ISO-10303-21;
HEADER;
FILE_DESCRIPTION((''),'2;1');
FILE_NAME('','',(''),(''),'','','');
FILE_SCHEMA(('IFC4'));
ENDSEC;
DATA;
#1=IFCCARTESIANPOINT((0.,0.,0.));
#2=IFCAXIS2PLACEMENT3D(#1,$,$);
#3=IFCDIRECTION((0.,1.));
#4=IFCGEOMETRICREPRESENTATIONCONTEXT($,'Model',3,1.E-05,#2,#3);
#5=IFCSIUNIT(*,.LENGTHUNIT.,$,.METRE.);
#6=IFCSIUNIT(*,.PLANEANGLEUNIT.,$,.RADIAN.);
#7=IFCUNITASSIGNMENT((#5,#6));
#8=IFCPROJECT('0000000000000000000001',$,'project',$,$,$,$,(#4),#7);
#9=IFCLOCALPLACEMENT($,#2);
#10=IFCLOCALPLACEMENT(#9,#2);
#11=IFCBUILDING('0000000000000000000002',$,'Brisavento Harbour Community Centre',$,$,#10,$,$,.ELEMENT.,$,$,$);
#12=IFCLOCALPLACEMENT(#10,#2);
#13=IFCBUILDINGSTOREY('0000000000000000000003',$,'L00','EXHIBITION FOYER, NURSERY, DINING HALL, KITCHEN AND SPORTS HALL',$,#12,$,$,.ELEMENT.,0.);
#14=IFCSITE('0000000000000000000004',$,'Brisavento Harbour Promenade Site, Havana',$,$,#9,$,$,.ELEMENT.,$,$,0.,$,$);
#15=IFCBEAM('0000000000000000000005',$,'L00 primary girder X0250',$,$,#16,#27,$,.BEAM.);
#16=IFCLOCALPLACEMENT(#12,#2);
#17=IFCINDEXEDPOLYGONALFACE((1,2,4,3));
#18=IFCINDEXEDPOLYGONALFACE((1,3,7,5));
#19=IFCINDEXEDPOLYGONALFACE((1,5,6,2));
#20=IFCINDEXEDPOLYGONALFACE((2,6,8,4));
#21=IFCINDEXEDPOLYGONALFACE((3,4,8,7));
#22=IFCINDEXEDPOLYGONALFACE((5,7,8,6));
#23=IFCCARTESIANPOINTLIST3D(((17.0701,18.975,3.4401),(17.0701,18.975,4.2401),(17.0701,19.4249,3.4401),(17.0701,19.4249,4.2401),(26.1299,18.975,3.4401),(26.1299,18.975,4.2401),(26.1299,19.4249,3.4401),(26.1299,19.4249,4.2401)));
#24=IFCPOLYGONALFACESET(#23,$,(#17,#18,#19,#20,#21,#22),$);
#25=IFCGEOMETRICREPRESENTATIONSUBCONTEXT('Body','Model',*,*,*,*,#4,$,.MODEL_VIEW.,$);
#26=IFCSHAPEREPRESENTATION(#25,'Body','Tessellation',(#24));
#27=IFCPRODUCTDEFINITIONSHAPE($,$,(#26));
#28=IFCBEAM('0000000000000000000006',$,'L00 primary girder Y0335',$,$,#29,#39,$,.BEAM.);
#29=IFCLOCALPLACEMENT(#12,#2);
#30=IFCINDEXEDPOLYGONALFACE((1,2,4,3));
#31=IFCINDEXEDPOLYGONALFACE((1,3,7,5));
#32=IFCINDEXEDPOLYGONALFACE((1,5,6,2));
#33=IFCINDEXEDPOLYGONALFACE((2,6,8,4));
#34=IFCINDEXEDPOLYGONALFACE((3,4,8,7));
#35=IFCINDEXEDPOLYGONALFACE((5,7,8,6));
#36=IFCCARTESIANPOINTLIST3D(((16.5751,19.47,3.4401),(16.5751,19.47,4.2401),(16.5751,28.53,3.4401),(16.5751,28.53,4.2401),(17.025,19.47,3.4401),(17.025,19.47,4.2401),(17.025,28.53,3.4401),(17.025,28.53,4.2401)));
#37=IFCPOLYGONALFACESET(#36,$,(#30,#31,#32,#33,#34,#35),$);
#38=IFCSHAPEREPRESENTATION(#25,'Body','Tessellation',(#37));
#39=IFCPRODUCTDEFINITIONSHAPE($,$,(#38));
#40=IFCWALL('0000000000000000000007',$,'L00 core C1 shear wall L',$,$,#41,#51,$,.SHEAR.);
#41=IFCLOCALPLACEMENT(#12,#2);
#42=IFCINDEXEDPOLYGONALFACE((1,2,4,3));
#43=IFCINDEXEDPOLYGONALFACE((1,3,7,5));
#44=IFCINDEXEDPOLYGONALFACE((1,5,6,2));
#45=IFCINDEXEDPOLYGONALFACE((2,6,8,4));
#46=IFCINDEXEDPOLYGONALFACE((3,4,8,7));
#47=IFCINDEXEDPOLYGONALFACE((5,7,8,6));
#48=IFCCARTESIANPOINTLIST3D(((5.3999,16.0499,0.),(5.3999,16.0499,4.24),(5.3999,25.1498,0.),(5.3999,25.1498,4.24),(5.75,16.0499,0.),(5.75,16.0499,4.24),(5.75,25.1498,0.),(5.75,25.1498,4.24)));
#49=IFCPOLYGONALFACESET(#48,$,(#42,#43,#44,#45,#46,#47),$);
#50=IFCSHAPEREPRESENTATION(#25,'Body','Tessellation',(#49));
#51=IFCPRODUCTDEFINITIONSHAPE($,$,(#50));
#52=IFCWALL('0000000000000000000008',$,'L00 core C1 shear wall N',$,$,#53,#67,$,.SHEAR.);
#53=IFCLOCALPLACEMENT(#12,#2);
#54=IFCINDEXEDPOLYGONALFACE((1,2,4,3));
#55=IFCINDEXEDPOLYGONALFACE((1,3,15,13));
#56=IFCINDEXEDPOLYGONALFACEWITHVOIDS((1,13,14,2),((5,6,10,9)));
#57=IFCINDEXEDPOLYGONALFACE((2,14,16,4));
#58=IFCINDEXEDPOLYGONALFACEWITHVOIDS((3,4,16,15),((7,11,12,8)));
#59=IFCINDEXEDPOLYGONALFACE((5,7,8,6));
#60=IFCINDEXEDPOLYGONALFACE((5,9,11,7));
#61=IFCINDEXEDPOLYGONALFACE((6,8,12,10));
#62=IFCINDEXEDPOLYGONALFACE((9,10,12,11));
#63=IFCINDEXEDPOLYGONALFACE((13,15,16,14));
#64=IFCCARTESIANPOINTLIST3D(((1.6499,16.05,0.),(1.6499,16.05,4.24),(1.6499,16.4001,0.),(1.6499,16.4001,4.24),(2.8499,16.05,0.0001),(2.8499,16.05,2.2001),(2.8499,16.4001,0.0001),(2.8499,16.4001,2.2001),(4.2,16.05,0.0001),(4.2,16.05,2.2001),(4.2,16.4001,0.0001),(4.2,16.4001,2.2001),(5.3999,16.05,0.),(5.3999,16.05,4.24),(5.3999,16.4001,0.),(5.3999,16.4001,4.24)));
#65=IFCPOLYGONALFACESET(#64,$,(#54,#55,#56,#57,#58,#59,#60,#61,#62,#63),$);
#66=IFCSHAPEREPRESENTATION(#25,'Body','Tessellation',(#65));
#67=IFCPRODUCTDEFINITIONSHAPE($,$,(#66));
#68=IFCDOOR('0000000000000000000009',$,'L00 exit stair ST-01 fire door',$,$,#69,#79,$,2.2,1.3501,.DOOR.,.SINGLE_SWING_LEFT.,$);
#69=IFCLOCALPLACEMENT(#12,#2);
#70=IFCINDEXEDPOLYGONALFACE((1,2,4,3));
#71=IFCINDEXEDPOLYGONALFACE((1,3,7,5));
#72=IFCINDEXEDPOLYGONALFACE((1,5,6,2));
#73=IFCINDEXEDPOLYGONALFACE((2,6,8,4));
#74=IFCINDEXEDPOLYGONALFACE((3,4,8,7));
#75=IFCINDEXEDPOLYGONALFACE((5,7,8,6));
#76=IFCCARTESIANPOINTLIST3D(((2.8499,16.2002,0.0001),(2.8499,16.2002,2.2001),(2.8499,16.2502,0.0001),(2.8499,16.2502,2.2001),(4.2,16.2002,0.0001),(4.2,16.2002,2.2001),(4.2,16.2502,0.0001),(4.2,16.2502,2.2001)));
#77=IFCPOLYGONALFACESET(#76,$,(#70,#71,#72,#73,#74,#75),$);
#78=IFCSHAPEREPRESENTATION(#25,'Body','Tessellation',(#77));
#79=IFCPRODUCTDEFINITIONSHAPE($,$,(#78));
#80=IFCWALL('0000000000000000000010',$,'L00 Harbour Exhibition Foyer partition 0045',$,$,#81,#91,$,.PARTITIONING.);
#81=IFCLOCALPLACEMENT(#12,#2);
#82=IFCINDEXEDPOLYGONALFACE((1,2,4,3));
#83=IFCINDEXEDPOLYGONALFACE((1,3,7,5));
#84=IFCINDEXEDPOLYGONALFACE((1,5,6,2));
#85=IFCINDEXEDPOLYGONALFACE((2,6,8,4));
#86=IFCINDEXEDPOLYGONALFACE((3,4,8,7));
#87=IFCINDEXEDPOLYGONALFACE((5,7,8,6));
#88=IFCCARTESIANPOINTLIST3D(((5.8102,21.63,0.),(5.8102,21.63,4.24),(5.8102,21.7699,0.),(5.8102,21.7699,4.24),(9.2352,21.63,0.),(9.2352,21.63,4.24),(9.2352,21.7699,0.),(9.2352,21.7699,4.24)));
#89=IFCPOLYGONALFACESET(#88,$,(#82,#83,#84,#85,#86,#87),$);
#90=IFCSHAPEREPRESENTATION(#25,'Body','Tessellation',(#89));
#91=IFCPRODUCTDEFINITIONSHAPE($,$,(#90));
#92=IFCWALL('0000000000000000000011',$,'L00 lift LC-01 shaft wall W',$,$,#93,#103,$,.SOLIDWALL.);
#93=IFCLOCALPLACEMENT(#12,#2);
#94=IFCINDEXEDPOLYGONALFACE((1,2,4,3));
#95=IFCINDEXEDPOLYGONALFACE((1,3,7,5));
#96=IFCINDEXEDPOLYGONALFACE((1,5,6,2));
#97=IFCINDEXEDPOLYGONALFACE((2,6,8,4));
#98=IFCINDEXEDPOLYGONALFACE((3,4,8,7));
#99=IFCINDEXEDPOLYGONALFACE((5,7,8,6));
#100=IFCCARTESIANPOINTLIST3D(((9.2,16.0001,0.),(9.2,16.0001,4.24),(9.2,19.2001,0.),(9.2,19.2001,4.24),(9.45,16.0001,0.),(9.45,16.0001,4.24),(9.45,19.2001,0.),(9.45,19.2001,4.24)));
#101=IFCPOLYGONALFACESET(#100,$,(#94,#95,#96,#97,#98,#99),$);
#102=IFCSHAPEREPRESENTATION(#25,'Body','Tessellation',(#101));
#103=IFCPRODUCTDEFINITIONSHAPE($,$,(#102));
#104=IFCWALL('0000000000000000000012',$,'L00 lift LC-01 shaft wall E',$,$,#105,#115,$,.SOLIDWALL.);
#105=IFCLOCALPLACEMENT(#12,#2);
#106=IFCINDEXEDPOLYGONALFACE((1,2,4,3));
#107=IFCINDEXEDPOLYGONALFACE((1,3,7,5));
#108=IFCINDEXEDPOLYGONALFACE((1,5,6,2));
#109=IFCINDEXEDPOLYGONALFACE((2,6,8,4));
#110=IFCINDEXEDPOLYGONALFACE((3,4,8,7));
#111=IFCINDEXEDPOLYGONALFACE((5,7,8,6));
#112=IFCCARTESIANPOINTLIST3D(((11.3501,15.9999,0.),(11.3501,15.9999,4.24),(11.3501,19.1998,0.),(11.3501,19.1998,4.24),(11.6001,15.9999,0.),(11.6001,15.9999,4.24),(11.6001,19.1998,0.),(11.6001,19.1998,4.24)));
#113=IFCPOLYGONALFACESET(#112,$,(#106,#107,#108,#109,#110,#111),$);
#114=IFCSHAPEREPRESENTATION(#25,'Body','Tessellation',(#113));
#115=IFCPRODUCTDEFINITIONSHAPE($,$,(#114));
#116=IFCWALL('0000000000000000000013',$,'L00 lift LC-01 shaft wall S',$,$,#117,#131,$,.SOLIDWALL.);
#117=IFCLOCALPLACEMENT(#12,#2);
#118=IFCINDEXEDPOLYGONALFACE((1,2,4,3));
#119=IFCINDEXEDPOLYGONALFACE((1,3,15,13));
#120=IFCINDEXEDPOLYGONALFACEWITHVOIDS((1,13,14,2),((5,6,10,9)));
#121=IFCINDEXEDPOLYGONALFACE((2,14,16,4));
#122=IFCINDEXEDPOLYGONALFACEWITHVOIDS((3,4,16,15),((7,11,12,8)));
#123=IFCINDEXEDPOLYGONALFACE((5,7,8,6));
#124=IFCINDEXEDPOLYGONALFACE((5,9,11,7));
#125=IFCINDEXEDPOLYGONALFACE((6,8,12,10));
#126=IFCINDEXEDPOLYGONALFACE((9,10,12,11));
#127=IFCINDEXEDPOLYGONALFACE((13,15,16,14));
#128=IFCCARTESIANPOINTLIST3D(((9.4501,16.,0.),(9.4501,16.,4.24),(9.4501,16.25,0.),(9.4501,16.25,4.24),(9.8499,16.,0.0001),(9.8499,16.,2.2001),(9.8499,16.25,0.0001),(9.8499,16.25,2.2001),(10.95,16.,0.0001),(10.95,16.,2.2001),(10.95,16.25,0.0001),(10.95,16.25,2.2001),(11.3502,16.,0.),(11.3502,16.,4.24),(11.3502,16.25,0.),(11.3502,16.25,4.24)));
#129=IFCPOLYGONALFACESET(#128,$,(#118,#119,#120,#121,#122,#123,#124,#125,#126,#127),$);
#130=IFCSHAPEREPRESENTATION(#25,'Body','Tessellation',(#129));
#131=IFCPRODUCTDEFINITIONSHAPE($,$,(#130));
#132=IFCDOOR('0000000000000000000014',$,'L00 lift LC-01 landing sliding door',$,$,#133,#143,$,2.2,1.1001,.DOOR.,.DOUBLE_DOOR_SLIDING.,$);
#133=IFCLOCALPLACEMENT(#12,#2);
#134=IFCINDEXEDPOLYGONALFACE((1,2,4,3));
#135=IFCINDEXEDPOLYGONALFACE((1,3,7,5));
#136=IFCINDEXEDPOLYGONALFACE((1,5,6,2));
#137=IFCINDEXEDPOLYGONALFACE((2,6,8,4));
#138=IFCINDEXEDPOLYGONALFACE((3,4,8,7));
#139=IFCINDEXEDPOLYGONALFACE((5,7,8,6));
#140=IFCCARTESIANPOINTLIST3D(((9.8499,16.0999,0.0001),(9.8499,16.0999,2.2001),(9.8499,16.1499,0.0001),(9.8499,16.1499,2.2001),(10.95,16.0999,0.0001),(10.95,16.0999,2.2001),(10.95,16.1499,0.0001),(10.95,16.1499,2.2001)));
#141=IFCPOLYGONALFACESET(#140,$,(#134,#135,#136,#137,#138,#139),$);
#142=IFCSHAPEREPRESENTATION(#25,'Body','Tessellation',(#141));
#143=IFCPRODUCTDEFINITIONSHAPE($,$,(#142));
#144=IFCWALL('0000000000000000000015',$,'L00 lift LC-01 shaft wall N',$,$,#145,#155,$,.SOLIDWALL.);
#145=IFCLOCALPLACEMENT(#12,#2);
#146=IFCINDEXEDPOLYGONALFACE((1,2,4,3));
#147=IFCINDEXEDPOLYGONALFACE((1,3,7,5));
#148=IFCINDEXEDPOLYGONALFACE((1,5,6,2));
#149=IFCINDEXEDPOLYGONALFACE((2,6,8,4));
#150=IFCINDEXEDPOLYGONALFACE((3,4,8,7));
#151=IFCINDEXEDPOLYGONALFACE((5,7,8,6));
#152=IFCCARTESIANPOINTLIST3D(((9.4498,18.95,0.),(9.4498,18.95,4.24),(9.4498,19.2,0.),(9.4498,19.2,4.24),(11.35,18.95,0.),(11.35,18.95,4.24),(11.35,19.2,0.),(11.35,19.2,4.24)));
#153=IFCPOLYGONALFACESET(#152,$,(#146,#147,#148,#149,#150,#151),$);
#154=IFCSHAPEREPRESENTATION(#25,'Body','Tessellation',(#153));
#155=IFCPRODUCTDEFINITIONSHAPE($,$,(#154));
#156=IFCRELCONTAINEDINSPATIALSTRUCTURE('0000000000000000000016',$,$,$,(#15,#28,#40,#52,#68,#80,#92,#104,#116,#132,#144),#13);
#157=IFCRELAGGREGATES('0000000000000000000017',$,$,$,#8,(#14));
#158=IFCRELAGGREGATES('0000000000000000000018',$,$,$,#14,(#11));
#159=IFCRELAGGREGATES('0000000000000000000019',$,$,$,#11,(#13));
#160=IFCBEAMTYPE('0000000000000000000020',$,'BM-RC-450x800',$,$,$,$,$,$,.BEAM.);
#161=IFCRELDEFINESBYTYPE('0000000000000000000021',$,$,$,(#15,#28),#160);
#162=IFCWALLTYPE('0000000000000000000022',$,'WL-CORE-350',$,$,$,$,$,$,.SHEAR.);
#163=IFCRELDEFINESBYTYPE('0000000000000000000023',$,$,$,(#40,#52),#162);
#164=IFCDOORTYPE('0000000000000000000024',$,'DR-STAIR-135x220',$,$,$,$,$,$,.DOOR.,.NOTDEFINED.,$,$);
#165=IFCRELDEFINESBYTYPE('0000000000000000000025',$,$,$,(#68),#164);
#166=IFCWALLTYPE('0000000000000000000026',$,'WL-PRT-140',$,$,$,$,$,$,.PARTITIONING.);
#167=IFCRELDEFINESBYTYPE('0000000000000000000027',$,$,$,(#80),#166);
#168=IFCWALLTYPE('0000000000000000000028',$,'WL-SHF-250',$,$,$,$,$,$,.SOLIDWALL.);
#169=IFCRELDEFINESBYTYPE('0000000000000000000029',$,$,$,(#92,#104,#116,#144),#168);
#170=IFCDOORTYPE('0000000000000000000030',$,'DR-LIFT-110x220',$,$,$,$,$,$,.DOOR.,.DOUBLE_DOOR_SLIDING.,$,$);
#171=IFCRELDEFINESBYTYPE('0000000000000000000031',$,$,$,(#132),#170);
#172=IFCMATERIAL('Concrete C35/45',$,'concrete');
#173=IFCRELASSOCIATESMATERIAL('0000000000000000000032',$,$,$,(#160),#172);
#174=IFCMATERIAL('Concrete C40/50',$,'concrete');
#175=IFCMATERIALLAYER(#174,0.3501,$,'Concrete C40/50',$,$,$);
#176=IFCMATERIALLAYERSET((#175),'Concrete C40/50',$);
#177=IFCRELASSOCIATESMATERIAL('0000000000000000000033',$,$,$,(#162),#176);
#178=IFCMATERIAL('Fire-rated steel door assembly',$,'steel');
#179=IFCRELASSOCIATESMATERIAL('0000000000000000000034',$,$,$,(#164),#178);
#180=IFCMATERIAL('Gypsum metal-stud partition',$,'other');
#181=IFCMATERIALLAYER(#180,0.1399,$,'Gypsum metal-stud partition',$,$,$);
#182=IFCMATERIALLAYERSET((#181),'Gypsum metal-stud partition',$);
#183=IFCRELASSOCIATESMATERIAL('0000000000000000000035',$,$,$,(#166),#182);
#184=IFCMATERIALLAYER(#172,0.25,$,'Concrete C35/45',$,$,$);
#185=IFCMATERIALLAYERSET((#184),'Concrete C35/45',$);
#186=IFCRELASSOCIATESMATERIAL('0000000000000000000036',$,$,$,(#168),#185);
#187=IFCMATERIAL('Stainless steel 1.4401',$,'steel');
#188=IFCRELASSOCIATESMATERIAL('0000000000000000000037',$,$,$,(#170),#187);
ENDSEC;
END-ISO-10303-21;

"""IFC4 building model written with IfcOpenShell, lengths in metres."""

from ifc_helpers import new_model, si_unit, direction, frame, frame_2d, origin, origin_2d, place, context, subcontext, project, spatial, rectangle, extrude, material, layer, layer_set, material_profile, profile_set, type_object, element, fill, save


model = new_model("IFC4")

# Units and contexts
model_context = context("Model", 3, precision=1e-05, world=origin(), true_north=direction((0.0, 1.0)))
body_context = subcontext(model_context, "Body", "Model", "MODEL_VIEW")
ifc_project = project(units=[si_unit("LENGTHUNIT", "METRE"), si_unit("PLANEANGLEUNIT", "RADIAN")], contexts=[model_context])

# Site, building, storey
site_placement = place(None, origin())
site = spatial("IfcSite", under=ifc_project, at=site_placement, Name="Brisavento Harbour Promenade Site, Havana", CompositionType="ELEMENT", RefElevation=0.0)
building_placement = place(site_placement, origin())
building = spatial("IfcBuilding", under=site, at=building_placement, Name="Brisavento Harbour Community Centre", CompositionType="ELEMENT")
storey_placement = place(building_placement, origin())
storey = spatial("IfcBuildingStorey", under=building, at=storey_placement, Name="L00", Description="EXHIBITION FOYER, NURSERY, DINING HALL, KITCHEN AND SPORTS HALL", CompositionType="ELEMENT", Elevation=0.0)

# Shared definitions
ifc_material_1 = material(Name="Concrete C35/45", Category="concrete")
ifc_material_2 = material(Name="Concrete C40/50", Category="concrete")

# Beams
ifc_material_profile_1 = material_profile(ifc_material_1, rectangle(XDim=0.45, YDim=0.8, at=origin_2d()), Name="Concrete C35/45")
ifc_profile_set_1 = profile_set([ifc_material_profile_1], Name="Concrete C35/45")
beam_type_1 = type_object("IfcBeamType", Name="BM-RC-450x800", PredefinedType="BEAM", material=ifc_profile_set_1)
beam_1_placement = place(storey_placement, frame((17.0701, 19.2, 3.8401), z_axis=(1.0, 0.0, 0.0), x_axis=(0.0, 1.0, 0.0)))
element("IfcBeam", 1, at=beam_1_placement, inside=storey, type_object=beam_type_1, Name="L00 primary girder X0250", PredefinedType="BEAM", context=body_context, shape_type="SweptSolid", body=[
    extrude(rectangle(XDim=0.45, YDim=0.8, at=origin_2d()), origin(), (0.0, 0.0, 1.0), 9.0598),
])
beam_2_placement = place(storey_placement, frame((16.8, 19.47, 3.8401), z_axis=(0.0, 1.0, 0.0), x_axis=(-1.0, 0.0, 0.0)))
element("IfcBeam", 2, at=beam_2_placement, inside=storey, type_object=beam_type_1, Name="L00 primary girder Y0335", PredefinedType="BEAM", context=body_context, shape_type="SweptSolid", body=[
    extrude(rectangle(XDim=0.45, YDim=0.8, at=origin_2d()), origin(), (0.0, 0.0, 1.0), 9.0601),
])

# Wall
ifc_layer_1 = layer(ifc_material_2, 0.3501, Name="Concrete C40/50")
ifc_layer_set_1 = layer_set([ifc_layer_1], Name="Concrete C40/50")
wall_type_1 = type_object("IfcWallType", Name="WL-CORE-350", PredefinedType="SHEAR", material=ifc_layer_set_1)
wall_1_placement = place(storey_placement, frame((5.575, 16.05, 0.0), z_axis=(0.0, 0.0, 1.0), x_axis=(0.0, 1.0, 0.0)))
element("IfcWall", 3, at=wall_1_placement, inside=storey, type_object=wall_type_1, Name="L00 core C1 shear wall L", PredefinedType="SHEAR", context=body_context, shape_type="SweptSolid", body=[
    extrude(rectangle(XDim=9.0999, YDim=0.3501, at=frame_2d((4.5498, 0.0))), origin(), (0.0, 0.0, 1.0), 4.24),
])

# Wall, opening, door
wall_2_placement = place(storey_placement, frame((5.3999, 16.2251, 0.0), z_axis=(0.0, 0.0, 1.0), x_axis=(-1.0, 0.0, 0.0)))
wall_2 = element("IfcWall", 4, at=wall_2_placement, inside=storey, type_object=wall_type_1, Name="L00 core C1 shear wall N", PredefinedType="SHEAR", context=body_context, shape_type="SweptSolid", body=[
    extrude(rectangle(XDim=3.75, YDim=0.3501, at=frame_2d((1.875, 0.0))), origin(), (0.0, 0.0, 1.0), 4.24),
])
opening_1_placement = place(wall_2_placement, frame((1.2, 0.0, 0.0)))
opening_1 = element("IfcOpeningElement", 5, at=opening_1_placement, cuts=wall_2, PredefinedType="OPENING", context=body_context, shape_type="SweptSolid", body=[
    extrude(rectangle(XDim=1.3501, YDim=2.2, at=frame_2d((0.675, 1.1001))), frame((0.0, 0.1851, 0.0), z_axis=(0.0, -1.0, 0.0), x_axis=(1.0, 0.0, 0.0)), (0.0, 0.0, 1.0), 0.3701),
])
ifc_material_3 = material(Name="Fire-rated steel door assembly", Category="steel")
door_type_1 = type_object("IfcDoorType", Name="DR-STAIR-135x220", OperationType="NOTDEFINED", PredefinedType="DOOR", material=ifc_material_3)
door_1_placement = place(opening_1_placement, origin())
door_1 = element("IfcDoor", 6, at=door_1_placement, inside=storey, type_object=door_type_1, Name="L00 exit stair ST-01 fire door", OperationType="SINGLE_SWING_LEFT", OverallHeight=2.2, OverallWidth=1.3501, PredefinedType="DOOR", context=body_context, shape_type="SweptSolid", body=[
    extrude(rectangle(XDim=1.3501, YDim=2.2, at=frame_2d((0.675, 1.1001))), frame((0.0, 0.0249, 0.0), z_axis=(0.0, -1.0, 0.0), x_axis=(1.0, 0.0, 0.0)), (0.0, 0.0, 1.0), 0.05),
])
fill(opening_1, door_1)

# Walls
ifc_material_4 = material(Name="Gypsum metal-stud partition", Category="other")
ifc_layer_2 = layer(ifc_material_4, 0.1399, Name="Gypsum metal-stud partition")
ifc_layer_set_2 = layer_set([ifc_layer_2], Name="Gypsum metal-stud partition")
wall_type_2 = type_object("IfcWallType", Name="WL-PRT-140", PredefinedType="PARTITIONING", material=ifc_layer_set_2)
wall_3_placement = place(storey_placement, frame((9.2351, 21.7, 0.0), z_axis=(0.0, 0.0, 1.0), x_axis=(-1.0, 0.0, 0.0)))
element("IfcWall", 7, at=wall_3_placement, inside=storey, type_object=wall_type_2, Name="L00 Harbour Exhibition Foyer partition 0045", PredefinedType="PARTITIONING", context=body_context, shape_type="SweptSolid", body=[
    extrude(rectangle(XDim=3.425, YDim=0.1399, at=frame_2d((1.7124, 0.0))), origin(), (0.0, 0.0, 1.0), 4.24),
])
ifc_layer_3 = layer(ifc_material_1, 0.25, Name="Concrete C35/45")
ifc_layer_set_3 = layer_set([ifc_layer_3], Name="Concrete C35/45")
wall_type_3 = type_object("IfcWallType", Name="WL-SHF-250", PredefinedType="SOLIDWALL", material=ifc_layer_set_3)
for number, where, z_axis, x_axis, name in (
    (8, (9.325, 16.0, 0.0), (0.0, 0.0, 1.0), (0.0, 1.0, 0.0), "L00 lift LC-01 shaft wall W"),
    (9, (11.4751, 19.2, 0.0), (0.0, 0.0, 1.0), (0.0, -1.0, 0.0), "L00 lift LC-01 shaft wall E"),
):
    element("IfcWall", number, at=place(storey_placement, frame(where, z_axis=z_axis, x_axis=x_axis)), inside=storey, type_object=wall_type_3, Name=name, PredefinedType="SOLIDWALL", context=body_context, shape_type="SweptSolid", body=[
        extrude(rectangle(XDim=3.2, YDim=0.25, at=frame_2d((1.6001, 0.0))), origin(), (0.0, 0.0, 1.0), 4.24),
    ])

# Wall, opening, door
wall_4_placement = place(storey_placement, frame((9.45, 16.125, 0.0), z_axis=(0.0, 0.0, 1.0), x_axis=(1.0, 0.0, 0.0)))
wall_4 = element("IfcWall", 10, at=wall_4_placement, inside=storey, type_object=wall_type_3, Name="L00 lift LC-01 shaft wall S", PredefinedType="SOLIDWALL", context=body_context, shape_type="SweptSolid", body=[
    extrude(rectangle(XDim=1.9001, YDim=0.25, at=frame_2d((0.9502, 0.0))), origin(), (0.0, 0.0, 1.0), 4.24),
])
opening_2_placement = place(wall_4_placement, frame((0.3999, 0.0, 0.0)))
opening_2 = element("IfcOpeningElement", 11, at=opening_2_placement, cuts=wall_4, PredefinedType="OPENING", context=body_context, shape_type="SweptSolid", body=[
    extrude(rectangle(XDim=1.1001, YDim=2.2, at=frame_2d((0.55, 1.1001))), frame((0.0, 0.135, 0.0), z_axis=(0.0, -1.0, 0.0), x_axis=(1.0, 0.0, 0.0)), (0.0, 0.0, 1.0), 0.27),
])
ifc_material_5 = material(Name="Stainless steel 1.4401", Category="steel")
door_type_2 = type_object("IfcDoorType", Name="DR-LIFT-110x220", OperationType="DOUBLE_DOOR_SLIDING", PredefinedType="DOOR", material=ifc_material_5)
door_2_placement = place(opening_2_placement, origin())
door_2 = element("IfcDoor", 12, at=door_2_placement, inside=storey, type_object=door_type_2, Name="L00 lift LC-01 landing sliding door", OperationType="DOUBLE_DOOR_SLIDING", OverallHeight=2.2, OverallWidth=1.1001, PredefinedType="DOOR", context=body_context, shape_type="SweptSolid", body=[
    extrude(rectangle(XDim=1.1001, YDim=2.2, at=frame_2d((0.55, 1.1001))), frame((0.0, 0.0249, 0.0), z_axis=(0.0, -1.0, 0.0), x_axis=(1.0, 0.0, 0.0)), (0.0, 0.0, 1.0), 0.05),
])
fill(opening_2, door_2)

# Wall
wall_5_placement = place(storey_placement, frame((11.3501, 19.075, 0.0), z_axis=(0.0, 0.0, 1.0), x_axis=(-1.0, 0.0, 0.0)))
element("IfcWall", 13, at=wall_5_placement, inside=storey, type_object=wall_type_3, Name="L00 lift LC-01 shaft wall N", PredefinedType="SOLIDWALL", context=body_context, shape_type="SweptSolid", body=[
    extrude(rectangle(XDim=1.9001, YDim=0.25, at=frame_2d((0.9502, 0.0))), origin(), (0.0, 0.0, 1.0), 4.24),
])

save(model, "model.ifc")
